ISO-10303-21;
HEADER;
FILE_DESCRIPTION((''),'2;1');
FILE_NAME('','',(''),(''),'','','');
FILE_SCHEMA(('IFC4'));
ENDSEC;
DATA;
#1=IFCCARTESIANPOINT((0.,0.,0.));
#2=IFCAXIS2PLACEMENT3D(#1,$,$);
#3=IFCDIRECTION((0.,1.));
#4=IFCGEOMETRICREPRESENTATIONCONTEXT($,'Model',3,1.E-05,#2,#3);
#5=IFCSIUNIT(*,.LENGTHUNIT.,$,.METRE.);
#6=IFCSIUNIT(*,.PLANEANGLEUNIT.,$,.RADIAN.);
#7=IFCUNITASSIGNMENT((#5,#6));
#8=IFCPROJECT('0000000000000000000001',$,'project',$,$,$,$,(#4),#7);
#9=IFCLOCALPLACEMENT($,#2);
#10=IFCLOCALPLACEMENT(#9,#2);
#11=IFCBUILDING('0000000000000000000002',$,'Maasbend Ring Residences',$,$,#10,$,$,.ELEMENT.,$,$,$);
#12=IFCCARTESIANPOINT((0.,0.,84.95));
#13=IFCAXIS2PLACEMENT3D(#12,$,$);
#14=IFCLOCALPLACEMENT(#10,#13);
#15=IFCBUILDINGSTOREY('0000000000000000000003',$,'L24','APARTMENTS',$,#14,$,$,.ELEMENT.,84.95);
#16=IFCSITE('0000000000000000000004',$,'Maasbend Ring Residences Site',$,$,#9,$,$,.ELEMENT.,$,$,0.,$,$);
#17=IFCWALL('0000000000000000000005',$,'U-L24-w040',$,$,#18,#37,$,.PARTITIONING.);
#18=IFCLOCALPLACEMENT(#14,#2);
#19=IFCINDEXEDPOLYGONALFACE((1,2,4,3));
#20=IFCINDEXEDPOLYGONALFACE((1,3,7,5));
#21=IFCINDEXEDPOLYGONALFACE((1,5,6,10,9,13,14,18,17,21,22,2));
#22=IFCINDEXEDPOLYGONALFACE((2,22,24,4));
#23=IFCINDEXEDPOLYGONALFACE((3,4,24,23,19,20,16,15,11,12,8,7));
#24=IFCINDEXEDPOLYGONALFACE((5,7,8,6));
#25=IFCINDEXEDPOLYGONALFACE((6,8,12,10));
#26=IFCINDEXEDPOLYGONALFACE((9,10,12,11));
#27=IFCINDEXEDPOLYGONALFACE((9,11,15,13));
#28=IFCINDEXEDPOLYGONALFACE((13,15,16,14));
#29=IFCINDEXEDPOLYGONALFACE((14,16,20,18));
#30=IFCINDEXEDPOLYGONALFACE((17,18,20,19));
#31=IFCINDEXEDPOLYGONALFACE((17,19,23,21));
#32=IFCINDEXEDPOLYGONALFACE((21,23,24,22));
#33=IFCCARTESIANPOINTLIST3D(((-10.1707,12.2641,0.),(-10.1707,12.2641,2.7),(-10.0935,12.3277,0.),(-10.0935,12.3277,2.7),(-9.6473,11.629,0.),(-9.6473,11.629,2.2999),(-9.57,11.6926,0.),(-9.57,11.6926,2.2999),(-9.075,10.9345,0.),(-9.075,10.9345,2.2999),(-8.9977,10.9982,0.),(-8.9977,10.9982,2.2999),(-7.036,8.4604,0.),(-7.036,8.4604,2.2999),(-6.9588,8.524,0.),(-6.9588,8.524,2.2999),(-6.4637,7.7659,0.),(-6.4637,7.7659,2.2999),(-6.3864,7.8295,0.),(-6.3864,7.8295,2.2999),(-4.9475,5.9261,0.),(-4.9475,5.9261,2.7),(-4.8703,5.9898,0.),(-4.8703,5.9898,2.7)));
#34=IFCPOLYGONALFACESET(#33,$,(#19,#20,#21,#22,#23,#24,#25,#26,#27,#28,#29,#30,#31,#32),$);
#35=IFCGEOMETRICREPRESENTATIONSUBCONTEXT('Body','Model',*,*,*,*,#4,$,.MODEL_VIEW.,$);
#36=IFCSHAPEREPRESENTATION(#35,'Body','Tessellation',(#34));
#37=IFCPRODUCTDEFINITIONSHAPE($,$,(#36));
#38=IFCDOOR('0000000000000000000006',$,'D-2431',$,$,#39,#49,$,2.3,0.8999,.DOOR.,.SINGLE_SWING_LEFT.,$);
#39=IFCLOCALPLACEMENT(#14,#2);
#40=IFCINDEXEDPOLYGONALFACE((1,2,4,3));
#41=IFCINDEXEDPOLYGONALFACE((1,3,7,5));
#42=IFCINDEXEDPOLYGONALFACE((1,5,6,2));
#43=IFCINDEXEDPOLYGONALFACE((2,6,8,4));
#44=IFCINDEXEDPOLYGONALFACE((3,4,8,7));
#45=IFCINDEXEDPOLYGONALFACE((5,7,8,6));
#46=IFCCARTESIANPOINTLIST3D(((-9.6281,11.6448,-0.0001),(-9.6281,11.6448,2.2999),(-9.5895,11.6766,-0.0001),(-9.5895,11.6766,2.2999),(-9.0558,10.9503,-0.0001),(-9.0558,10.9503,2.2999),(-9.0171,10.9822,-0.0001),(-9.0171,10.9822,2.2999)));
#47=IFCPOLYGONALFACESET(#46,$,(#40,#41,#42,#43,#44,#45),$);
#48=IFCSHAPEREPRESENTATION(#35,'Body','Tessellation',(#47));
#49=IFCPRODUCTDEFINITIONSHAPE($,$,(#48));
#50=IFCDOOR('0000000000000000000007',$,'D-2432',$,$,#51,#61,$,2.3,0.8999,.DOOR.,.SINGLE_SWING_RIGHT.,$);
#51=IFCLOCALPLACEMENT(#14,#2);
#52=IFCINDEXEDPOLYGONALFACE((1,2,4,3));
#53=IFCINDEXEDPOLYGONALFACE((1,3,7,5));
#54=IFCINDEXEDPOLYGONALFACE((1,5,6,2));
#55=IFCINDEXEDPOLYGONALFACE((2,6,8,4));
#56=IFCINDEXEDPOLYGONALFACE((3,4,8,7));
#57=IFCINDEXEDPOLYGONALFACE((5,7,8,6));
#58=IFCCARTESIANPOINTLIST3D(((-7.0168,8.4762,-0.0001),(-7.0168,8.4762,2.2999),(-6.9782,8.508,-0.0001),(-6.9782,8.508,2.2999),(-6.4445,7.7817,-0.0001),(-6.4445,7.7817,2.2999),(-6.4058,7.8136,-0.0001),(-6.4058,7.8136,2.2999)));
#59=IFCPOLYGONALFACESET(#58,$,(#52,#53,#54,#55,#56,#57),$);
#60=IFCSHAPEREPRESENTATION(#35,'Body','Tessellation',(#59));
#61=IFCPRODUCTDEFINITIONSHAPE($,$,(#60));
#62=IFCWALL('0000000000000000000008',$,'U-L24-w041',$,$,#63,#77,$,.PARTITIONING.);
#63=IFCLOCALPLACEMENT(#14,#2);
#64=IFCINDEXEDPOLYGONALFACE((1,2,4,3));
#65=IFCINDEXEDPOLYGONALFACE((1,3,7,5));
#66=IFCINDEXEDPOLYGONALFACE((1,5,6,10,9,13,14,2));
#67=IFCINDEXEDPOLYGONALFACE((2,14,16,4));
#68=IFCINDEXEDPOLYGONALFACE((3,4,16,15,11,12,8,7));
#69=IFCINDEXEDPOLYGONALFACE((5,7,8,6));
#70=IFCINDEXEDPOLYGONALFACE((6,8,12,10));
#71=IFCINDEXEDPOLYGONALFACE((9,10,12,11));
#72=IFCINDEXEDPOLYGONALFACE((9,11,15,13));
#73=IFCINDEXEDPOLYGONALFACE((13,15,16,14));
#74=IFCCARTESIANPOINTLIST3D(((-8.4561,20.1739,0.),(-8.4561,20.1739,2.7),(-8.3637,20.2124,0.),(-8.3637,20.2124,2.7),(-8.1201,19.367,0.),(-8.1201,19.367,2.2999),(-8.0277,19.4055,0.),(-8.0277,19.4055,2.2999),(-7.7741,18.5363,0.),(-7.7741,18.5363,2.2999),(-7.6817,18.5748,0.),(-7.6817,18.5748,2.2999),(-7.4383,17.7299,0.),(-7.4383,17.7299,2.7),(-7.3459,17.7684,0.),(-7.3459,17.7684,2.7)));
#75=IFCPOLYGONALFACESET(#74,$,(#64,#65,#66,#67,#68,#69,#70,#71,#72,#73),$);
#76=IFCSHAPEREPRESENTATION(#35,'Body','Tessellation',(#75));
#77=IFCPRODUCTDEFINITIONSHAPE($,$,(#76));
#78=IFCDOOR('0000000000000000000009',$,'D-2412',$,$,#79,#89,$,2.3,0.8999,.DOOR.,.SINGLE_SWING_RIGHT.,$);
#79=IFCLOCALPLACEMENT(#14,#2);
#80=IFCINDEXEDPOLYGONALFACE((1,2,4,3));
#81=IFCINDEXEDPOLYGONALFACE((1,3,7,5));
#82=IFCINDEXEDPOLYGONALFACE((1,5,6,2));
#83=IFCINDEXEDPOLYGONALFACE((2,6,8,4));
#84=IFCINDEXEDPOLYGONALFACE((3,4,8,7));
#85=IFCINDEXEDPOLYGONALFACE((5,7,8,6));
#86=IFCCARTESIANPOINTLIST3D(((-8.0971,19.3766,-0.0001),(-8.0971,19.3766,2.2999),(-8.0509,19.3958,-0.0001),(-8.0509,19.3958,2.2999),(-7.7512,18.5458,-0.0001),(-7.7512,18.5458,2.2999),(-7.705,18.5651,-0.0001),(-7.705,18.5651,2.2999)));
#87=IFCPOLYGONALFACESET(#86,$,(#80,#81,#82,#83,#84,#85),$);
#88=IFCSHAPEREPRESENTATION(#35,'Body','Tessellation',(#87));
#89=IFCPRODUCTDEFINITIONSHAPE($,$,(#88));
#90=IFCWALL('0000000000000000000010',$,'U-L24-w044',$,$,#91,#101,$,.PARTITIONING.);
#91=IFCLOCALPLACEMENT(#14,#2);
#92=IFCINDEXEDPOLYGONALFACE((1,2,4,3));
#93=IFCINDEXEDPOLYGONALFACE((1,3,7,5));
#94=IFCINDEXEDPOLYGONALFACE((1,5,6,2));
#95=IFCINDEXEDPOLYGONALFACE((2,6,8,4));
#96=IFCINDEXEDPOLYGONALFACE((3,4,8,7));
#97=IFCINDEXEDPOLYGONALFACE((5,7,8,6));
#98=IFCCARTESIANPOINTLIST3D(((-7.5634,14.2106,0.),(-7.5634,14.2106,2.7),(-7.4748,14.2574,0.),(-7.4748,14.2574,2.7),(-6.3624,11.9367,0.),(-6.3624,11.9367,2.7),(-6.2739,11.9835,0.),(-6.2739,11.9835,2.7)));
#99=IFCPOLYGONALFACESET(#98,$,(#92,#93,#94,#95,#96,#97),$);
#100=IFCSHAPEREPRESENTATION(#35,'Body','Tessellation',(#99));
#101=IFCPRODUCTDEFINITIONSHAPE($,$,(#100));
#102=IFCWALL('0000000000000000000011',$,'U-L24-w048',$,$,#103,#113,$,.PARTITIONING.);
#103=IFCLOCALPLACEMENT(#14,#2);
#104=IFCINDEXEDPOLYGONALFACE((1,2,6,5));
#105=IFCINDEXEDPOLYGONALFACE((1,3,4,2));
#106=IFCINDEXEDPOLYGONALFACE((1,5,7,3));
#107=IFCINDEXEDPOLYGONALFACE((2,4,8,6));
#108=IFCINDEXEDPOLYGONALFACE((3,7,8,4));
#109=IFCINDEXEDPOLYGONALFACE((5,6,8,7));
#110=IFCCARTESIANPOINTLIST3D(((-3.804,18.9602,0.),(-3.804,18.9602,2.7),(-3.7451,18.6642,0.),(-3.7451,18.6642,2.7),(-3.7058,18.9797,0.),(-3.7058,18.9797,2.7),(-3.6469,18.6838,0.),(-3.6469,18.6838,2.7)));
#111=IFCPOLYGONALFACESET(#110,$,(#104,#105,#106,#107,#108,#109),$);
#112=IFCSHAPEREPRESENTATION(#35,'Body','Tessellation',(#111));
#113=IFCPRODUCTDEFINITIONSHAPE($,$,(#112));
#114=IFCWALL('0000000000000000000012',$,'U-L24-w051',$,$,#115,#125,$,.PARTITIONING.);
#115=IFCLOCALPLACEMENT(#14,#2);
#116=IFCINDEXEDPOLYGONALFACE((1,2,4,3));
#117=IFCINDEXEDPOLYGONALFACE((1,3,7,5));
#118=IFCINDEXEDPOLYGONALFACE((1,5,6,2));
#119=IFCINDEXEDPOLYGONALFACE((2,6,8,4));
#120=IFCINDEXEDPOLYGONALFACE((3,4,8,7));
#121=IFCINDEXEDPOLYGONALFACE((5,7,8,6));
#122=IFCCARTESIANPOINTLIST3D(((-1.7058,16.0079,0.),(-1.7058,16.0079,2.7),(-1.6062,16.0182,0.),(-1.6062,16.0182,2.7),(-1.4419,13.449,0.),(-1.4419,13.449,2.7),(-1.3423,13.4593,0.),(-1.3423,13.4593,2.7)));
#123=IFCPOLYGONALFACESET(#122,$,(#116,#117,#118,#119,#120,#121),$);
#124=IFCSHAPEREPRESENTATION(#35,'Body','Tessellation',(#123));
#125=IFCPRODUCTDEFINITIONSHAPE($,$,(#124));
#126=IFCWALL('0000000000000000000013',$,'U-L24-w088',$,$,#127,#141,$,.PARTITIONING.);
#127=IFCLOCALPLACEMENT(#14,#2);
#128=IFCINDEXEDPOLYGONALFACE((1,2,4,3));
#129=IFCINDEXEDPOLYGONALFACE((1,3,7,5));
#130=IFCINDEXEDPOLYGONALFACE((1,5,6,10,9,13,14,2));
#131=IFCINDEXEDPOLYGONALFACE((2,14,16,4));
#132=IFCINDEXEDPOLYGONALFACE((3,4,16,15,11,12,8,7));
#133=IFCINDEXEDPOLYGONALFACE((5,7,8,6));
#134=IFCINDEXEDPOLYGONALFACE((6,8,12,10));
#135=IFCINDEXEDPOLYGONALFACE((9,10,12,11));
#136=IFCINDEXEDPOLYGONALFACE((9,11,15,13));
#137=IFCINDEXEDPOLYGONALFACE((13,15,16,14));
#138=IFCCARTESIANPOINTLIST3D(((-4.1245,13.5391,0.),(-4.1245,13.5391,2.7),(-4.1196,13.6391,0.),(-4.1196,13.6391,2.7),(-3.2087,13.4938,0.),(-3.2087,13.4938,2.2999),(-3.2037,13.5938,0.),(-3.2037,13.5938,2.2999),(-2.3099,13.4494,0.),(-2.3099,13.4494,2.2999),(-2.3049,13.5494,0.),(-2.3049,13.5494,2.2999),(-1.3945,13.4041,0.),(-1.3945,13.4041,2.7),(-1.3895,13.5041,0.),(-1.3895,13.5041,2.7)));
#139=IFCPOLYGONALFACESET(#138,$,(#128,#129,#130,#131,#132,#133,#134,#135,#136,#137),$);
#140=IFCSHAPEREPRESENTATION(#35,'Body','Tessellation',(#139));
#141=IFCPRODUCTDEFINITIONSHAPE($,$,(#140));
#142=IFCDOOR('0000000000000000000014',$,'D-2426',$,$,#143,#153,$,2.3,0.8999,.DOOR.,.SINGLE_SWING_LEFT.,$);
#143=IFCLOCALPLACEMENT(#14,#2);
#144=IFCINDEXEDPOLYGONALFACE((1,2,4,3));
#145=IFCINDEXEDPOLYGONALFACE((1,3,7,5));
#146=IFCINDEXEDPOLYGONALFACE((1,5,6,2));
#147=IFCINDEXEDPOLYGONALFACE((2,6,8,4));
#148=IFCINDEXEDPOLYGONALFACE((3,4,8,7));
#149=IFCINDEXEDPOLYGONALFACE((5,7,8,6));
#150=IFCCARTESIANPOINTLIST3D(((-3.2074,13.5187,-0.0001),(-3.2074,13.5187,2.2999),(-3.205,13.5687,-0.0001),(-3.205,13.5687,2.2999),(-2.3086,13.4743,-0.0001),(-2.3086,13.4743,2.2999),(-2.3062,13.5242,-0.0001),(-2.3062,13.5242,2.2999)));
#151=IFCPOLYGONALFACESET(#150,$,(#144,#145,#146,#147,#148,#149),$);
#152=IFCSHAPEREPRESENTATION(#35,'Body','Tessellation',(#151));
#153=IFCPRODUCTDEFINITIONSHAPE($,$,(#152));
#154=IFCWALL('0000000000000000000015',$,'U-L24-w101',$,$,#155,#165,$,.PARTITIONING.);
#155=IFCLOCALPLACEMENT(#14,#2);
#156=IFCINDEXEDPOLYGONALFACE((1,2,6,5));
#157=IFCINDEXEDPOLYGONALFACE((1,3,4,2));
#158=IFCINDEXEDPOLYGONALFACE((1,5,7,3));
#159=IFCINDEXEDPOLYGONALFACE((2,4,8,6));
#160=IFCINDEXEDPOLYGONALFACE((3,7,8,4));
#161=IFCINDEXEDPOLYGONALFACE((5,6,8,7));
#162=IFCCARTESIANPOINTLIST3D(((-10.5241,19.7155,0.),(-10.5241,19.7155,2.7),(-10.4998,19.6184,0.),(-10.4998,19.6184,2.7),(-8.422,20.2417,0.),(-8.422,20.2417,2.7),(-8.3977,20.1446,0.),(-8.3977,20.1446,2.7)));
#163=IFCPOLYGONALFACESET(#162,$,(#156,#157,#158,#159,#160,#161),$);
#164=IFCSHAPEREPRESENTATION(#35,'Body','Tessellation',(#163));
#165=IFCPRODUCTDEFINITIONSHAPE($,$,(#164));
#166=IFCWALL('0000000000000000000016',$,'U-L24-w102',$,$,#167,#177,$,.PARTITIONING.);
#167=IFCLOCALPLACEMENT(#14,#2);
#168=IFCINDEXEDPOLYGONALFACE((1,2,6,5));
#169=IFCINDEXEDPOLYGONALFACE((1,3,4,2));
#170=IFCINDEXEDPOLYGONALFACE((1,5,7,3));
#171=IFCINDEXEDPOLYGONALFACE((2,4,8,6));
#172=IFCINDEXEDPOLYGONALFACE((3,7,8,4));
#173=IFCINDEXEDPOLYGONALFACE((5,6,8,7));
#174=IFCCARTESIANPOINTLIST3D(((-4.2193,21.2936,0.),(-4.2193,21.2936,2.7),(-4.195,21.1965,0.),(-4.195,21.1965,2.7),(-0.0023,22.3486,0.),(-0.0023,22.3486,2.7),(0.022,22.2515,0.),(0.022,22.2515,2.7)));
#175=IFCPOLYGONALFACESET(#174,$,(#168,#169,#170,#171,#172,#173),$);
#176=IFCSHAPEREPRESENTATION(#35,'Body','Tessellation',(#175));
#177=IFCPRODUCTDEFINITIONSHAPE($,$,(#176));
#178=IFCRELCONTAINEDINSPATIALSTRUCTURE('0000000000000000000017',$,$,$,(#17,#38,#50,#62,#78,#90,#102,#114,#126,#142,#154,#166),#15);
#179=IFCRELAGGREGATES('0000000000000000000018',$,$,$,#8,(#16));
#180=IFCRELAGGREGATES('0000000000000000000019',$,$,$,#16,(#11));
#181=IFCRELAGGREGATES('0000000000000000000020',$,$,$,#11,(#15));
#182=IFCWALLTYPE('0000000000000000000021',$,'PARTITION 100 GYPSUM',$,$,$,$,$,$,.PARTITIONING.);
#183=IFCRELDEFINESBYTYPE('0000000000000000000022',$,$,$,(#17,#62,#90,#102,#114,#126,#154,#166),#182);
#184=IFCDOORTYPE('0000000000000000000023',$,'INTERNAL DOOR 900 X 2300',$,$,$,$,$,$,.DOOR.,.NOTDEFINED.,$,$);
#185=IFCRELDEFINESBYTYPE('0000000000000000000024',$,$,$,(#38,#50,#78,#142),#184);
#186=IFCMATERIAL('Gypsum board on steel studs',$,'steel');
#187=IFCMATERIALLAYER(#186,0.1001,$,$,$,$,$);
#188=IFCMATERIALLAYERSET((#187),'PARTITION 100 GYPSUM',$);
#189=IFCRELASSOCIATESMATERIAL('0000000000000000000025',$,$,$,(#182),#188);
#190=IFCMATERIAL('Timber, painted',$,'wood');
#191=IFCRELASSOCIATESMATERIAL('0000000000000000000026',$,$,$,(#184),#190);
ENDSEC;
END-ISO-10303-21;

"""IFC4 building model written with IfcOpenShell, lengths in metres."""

from ifc_helpers import new_model, si_unit, direction, frame, frame_2d, origin, place, context, subcontext, project, spatial, rectangle, extrude, material, layer, layer_set, type_object, element, fill, save


model = new_model("IFC4")

# Units and contexts
model_context = context("Model", 3, precision=1e-05, world=origin(), true_north=direction((0.0, 1.0)))
body_context = subcontext(model_context, "Body", "Model", "MODEL_VIEW")
ifc_project = project(units=[si_unit("LENGTHUNIT", "METRE"), si_unit("PLANEANGLEUNIT", "RADIAN")], contexts=[model_context])

# Site, building, storey
site_placement = place(None, origin())
site = spatial("IfcSite", under=ifc_project, at=site_placement, Name="Maasbend Ring Residences Site", CompositionType="ELEMENT", RefElevation=0.0)
building_placement = place(site_placement, origin())
building = spatial("IfcBuilding", under=site, at=building_placement, Name="Maasbend Ring Residences", CompositionType="ELEMENT")
storey_placement = place(building_placement, frame((0.0, 0.0, 84.95)))
storey = spatial("IfcBuildingStorey", under=building, at=storey_placement, Name="L24", Description="APARTMENTS", CompositionType="ELEMENT", Elevation=84.95)

# Wall, openings, doors
ifc_material_1 = material(Name="Gypsum board on steel studs", Category="steel")
ifc_layer_1 = layer(ifc_material_1, 0.1001)
ifc_layer_set_1 = layer_set([ifc_layer_1], Name="PARTITION 100 GYPSUM")
wall_type_1 = type_object("IfcWallType", Name="PARTITION 100 GYPSUM", PredefinedType="PARTITIONING", material=ifc_layer_set_1)
wall_1_placement = place(storey_placement, frame((-10.1321, 12.2959, 0.0), z_axis=(0.0, 0.0, 1.0), x_axis=(0.635976, -0.771709, 0.0)))
wall_1 = element("IfcWall", 1, at=wall_1_placement, inside=storey, type_object=wall_type_1, Name="U-L24-w040", PredefinedType="PARTITIONING", context=body_context, shape_type="SweptSolid", body=[
    extrude(rectangle(XDim=8.2129, YDim=0.1001, at=frame_2d((4.1064, 0.0))), origin(), (0.0, 0.0, 1.0), 2.7),
])
opening_1_placement = place(wall_1_placement, frame((0.823, 0.0, 0.0)))
opening_1 = element("IfcOpeningElement", 2, at=opening_1_placement, cuts=wall_1, PredefinedType="OPENING", context=body_context, shape_type="SweptSolid", body=[
    extrude(rectangle(XDim=0.8999, YDim=2.3, at=frame_2d((0.45, 1.1499))), frame((0.0, 0.0601, 0.0), z_axis=(0.0, -1.0, 0.0), x_axis=(1.0, 0.0, 0.0)), (0.0, 0.0, 1.0), 0.1201),
])
opening_2_placement = place(wall_1_placement, frame((4.929, 0.0, 0.0)))
opening_2 = element("IfcOpeningElement", 3, at=opening_2_placement, cuts=wall_1, PredefinedType="OPENING", context=body_context, shape_type="SweptSolid", body=[
    extrude(rectangle(XDim=0.8999, YDim=2.3, at=frame_2d((0.45, 1.1499))), frame((0.0, 0.0601, 0.0), z_axis=(0.0, -1.0, 0.0), x_axis=(1.0, 0.0, 0.0)), (0.0, 0.0, 1.0), 0.1201),
])
ifc_material_2 = material(Name="Timber, painted", Category="wood")
door_type_1 = type_object("IfcDoorType", Name="INTERNAL DOOR 900 X 2300", OperationType="NOTDEFINED", PredefinedType="DOOR", material=ifc_material_2)
door_1_placement = place(opening_1_placement, origin())
door_1 = element("IfcDoor", 4, at=door_1_placement, inside=storey, type_object=door_type_1, Name="D-2431", OperationType="SINGLE_SWING_LEFT", OverallHeight=2.3, OverallWidth=0.8999, PredefinedType="DOOR", context=body_context, shape_type="SweptSolid", body=[
    extrude(rectangle(XDim=0.8999, YDim=2.3, at=frame_2d((0.45, 1.1499))), frame((0.0, 0.0249, 0.0), z_axis=(0.0, -1.0, 0.0), x_axis=(1.0, 0.0, 0.0)), (0.0, 0.0, 1.0), 0.05),
])
fill(opening_1, door_1)
door_2_placement = place(opening_2_placement, origin())
door_2 = element("IfcDoor", 5, at=door_2_placement, inside=storey, type_object=door_type_1, Name="D-2432", OperationType="SINGLE_SWING_RIGHT", OverallHeight=2.3, OverallWidth=0.8999, PredefinedType="DOOR", context=body_context, shape_type="SweptSolid", body=[
    extrude(rectangle(XDim=0.8999, YDim=2.3, at=frame_2d((0.45, 1.1499))), frame((0.0, 0.0249, 0.0), z_axis=(0.0, -1.0, 0.0), x_axis=(1.0, 0.0, 0.0)), (0.0, 0.0, 1.0), 0.05),
])
fill(opening_2, door_2)

# Wall, opening, door
wall_2_placement = place(storey_placement, frame((-8.4099, 20.1931, 0.0), z_axis=(0.0, 0.0, 1.0), x_axis=(0.384439, -0.923151, 0.0)))
wall_2 = element("IfcWall", 6, at=wall_2_placement, inside=storey, type_object=wall_type_1, Name="U-L24-w041", PredefinedType="PARTITIONING", context=body_context, shape_type="SweptSolid", body=[
    extrude(rectangle(XDim=2.6475, YDim=0.1001, at=frame_2d((1.3237, 0.0))), origin(), (0.0, 0.0, 1.0), 2.7),
])
opening_3_placement = place(wall_2_placement, frame((0.874, 0.0, 0.0)))
opening_3 = element("IfcOpeningElement", 7, at=opening_3_placement, cuts=wall_2, PredefinedType="OPENING", context=body_context, shape_type="SweptSolid", body=[
    extrude(rectangle(XDim=0.8999, YDim=2.3, at=frame_2d((0.45, 1.1499))), frame((0.0, 0.0601, 0.0), z_axis=(0.0, -1.0, 0.0), x_axis=(1.0, 0.0, 0.0)), (0.0, 0.0, 1.0), 0.1201),
])
door_3_placement = place(opening_3_placement, origin())
door_3 = element("IfcDoor", 8, at=door_3_placement, inside=storey, type_object=door_type_1, Name="D-2412", OperationType="SINGLE_SWING_RIGHT", OverallHeight=2.3, OverallWidth=0.8999, PredefinedType="DOOR", context=body_context, shape_type="SweptSolid", body=[
    extrude(rectangle(XDim=0.8999, YDim=2.3, at=frame_2d((0.45, 1.1499))), frame((0.0, 0.0249, 0.0), z_axis=(0.0, -1.0, 0.0), x_axis=(1.0, 0.0, 0.0)), (0.0, 0.0, 1.0), 0.05),
])
fill(opening_3, door_3)

# Walls
wall_3_placement = place(storey_placement, frame((-7.519, 14.2339, 0.0), z_axis=(0.0, 0.0, 1.0), x_axis=(0.467002, -0.884256, 0.0)))
element("IfcWall", 9, at=wall_3_placement, inside=storey, type_object=wall_type_1, Name="U-L24-w044", PredefinedType="PARTITIONING", context=body_context, shape_type="SweptSolid", body=[
    extrude(rectangle(XDim=2.5715, YDim=0.1001, at=frame_2d((1.2856, 0.0))), origin(), (0.0, 0.0, 1.0), 2.7),
])
wall_4_placement = place(storey_placement, frame((-3.7549, 18.97, 0.0), z_axis=(0.0, 0.0, 1.0), x_axis=(0.195027, -0.980798, 0.0)))
element("IfcWall", 10, at=wall_4_placement, inside=storey, type_object=wall_type_1, Name="U-L24-w048", PredefinedType="PARTITIONING", context=body_context, shape_type="SweptSolid", body=[
    extrude(rectangle(XDim=0.3018, YDim=0.1001, at=frame_2d((0.1509, 0.0))), origin(), (0.0, 0.0, 1.0), 2.7),
])
wall_5_placement = place(storey_placement, frame((-1.656, 16.0129, 0.0), z_axis=(0.0, 0.0, 1.0), x_axis=(0.102595, -0.994723, 0.0)))
element("IfcWall", 11, at=wall_5_placement, inside=storey, type_object=wall_type_1, Name="U-L24-w051", PredefinedType="PARTITIONING", context=body_context, shape_type="SweptSolid", body=[
    extrude(rectangle(XDim=2.5725, YDim=0.1001, at=frame_2d((1.2861, 0.0))), origin(), (0.0, 0.0, 1.0), 2.7),
])

# Wall, opening, door
wall_6_placement = place(storey_placement, frame((-4.1221, 13.5891, 0.0), z_axis=(0.0, 0.0, 1.0), x_axis=(0.998779, -0.049394, 0.0)))
wall_6 = element("IfcWall", 12, at=wall_6_placement, inside=storey, type_object=wall_type_1, Name="U-L24-w088", PredefinedType="PARTITIONING", context=body_context, shape_type="SweptSolid", body=[
    extrude(rectangle(XDim=2.7334, YDim=0.1001, at=frame_2d((1.3667, 0.0))), origin(), (0.0, 0.0, 1.0), 2.7),
])
opening_4_placement = place(wall_6_placement, frame((0.917, 0.0, 0.0)))
opening_4 = element("IfcOpeningElement", 13, at=opening_4_placement, cuts=wall_6, PredefinedType="OPENING", context=body_context, shape_type="SweptSolid", body=[
    extrude(rectangle(XDim=0.8999, YDim=2.3, at=frame_2d((0.45, 1.1499))), frame((0.0, 0.0601, 0.0), z_axis=(0.0, -1.0, 0.0), x_axis=(1.0, 0.0, 0.0)), (0.0, 0.0, 1.0), 0.1201),
])
door_4_placement = place(opening_4_placement, origin())
door_4 = element("IfcDoor", 14, at=door_4_placement, inside=storey, type_object=door_type_1, Name="D-2426", OperationType="SINGLE_SWING_LEFT", OverallHeight=2.3, OverallWidth=0.8999, PredefinedType="DOOR", context=body_context, shape_type="SweptSolid", body=[
    extrude(rectangle(XDim=0.8999, YDim=2.3, at=frame_2d((0.45, 1.1499))), frame((0.0, 0.0249, 0.0), z_axis=(0.0, -1.0, 0.0), x_axis=(1.0, 0.0, 0.0)), (0.0, 0.0, 1.0), 0.05),
])
fill(opening_4, door_4)

# Walls
wall_7_placement = place(storey_placement, frame((-10.512, 19.667, 0.0), z_axis=(0.0, 0.0, 1.0), x_axis=(0.970076, 0.242801, 0.0)))
element("IfcWall", 15, at=wall_7_placement, inside=storey, type_object=wall_type_1, Name="U-L24-w101", PredefinedType="PARTITIONING", context=body_context, shape_type="SweptSolid", body=[
    extrude(rectangle(XDim=2.167, YDim=0.1001, at=frame_2d((1.0835, 0.0))), origin(), (0.0, 0.0, 1.0), 2.7),
])
wall_8_placement = place(storey_placement, frame((-4.207, 21.2451, 0.0), z_axis=(0.0, 0.0, 1.0), x_axis=(0.970106, 0.242681, 0.0)))
element("IfcWall", 16, at=wall_8_placement, inside=storey, type_object=wall_type_1, Name="U-L24-w102", PredefinedType="PARTITIONING", context=body_context, shape_type="SweptSolid", body=[
    extrude(rectangle(XDim=4.3469, YDim=0.1001, at=frame_2d((2.1733, 0.0))), origin(), (0.0, 0.0, 1.0), 2.7),
])

save(model, "model.ifc")
